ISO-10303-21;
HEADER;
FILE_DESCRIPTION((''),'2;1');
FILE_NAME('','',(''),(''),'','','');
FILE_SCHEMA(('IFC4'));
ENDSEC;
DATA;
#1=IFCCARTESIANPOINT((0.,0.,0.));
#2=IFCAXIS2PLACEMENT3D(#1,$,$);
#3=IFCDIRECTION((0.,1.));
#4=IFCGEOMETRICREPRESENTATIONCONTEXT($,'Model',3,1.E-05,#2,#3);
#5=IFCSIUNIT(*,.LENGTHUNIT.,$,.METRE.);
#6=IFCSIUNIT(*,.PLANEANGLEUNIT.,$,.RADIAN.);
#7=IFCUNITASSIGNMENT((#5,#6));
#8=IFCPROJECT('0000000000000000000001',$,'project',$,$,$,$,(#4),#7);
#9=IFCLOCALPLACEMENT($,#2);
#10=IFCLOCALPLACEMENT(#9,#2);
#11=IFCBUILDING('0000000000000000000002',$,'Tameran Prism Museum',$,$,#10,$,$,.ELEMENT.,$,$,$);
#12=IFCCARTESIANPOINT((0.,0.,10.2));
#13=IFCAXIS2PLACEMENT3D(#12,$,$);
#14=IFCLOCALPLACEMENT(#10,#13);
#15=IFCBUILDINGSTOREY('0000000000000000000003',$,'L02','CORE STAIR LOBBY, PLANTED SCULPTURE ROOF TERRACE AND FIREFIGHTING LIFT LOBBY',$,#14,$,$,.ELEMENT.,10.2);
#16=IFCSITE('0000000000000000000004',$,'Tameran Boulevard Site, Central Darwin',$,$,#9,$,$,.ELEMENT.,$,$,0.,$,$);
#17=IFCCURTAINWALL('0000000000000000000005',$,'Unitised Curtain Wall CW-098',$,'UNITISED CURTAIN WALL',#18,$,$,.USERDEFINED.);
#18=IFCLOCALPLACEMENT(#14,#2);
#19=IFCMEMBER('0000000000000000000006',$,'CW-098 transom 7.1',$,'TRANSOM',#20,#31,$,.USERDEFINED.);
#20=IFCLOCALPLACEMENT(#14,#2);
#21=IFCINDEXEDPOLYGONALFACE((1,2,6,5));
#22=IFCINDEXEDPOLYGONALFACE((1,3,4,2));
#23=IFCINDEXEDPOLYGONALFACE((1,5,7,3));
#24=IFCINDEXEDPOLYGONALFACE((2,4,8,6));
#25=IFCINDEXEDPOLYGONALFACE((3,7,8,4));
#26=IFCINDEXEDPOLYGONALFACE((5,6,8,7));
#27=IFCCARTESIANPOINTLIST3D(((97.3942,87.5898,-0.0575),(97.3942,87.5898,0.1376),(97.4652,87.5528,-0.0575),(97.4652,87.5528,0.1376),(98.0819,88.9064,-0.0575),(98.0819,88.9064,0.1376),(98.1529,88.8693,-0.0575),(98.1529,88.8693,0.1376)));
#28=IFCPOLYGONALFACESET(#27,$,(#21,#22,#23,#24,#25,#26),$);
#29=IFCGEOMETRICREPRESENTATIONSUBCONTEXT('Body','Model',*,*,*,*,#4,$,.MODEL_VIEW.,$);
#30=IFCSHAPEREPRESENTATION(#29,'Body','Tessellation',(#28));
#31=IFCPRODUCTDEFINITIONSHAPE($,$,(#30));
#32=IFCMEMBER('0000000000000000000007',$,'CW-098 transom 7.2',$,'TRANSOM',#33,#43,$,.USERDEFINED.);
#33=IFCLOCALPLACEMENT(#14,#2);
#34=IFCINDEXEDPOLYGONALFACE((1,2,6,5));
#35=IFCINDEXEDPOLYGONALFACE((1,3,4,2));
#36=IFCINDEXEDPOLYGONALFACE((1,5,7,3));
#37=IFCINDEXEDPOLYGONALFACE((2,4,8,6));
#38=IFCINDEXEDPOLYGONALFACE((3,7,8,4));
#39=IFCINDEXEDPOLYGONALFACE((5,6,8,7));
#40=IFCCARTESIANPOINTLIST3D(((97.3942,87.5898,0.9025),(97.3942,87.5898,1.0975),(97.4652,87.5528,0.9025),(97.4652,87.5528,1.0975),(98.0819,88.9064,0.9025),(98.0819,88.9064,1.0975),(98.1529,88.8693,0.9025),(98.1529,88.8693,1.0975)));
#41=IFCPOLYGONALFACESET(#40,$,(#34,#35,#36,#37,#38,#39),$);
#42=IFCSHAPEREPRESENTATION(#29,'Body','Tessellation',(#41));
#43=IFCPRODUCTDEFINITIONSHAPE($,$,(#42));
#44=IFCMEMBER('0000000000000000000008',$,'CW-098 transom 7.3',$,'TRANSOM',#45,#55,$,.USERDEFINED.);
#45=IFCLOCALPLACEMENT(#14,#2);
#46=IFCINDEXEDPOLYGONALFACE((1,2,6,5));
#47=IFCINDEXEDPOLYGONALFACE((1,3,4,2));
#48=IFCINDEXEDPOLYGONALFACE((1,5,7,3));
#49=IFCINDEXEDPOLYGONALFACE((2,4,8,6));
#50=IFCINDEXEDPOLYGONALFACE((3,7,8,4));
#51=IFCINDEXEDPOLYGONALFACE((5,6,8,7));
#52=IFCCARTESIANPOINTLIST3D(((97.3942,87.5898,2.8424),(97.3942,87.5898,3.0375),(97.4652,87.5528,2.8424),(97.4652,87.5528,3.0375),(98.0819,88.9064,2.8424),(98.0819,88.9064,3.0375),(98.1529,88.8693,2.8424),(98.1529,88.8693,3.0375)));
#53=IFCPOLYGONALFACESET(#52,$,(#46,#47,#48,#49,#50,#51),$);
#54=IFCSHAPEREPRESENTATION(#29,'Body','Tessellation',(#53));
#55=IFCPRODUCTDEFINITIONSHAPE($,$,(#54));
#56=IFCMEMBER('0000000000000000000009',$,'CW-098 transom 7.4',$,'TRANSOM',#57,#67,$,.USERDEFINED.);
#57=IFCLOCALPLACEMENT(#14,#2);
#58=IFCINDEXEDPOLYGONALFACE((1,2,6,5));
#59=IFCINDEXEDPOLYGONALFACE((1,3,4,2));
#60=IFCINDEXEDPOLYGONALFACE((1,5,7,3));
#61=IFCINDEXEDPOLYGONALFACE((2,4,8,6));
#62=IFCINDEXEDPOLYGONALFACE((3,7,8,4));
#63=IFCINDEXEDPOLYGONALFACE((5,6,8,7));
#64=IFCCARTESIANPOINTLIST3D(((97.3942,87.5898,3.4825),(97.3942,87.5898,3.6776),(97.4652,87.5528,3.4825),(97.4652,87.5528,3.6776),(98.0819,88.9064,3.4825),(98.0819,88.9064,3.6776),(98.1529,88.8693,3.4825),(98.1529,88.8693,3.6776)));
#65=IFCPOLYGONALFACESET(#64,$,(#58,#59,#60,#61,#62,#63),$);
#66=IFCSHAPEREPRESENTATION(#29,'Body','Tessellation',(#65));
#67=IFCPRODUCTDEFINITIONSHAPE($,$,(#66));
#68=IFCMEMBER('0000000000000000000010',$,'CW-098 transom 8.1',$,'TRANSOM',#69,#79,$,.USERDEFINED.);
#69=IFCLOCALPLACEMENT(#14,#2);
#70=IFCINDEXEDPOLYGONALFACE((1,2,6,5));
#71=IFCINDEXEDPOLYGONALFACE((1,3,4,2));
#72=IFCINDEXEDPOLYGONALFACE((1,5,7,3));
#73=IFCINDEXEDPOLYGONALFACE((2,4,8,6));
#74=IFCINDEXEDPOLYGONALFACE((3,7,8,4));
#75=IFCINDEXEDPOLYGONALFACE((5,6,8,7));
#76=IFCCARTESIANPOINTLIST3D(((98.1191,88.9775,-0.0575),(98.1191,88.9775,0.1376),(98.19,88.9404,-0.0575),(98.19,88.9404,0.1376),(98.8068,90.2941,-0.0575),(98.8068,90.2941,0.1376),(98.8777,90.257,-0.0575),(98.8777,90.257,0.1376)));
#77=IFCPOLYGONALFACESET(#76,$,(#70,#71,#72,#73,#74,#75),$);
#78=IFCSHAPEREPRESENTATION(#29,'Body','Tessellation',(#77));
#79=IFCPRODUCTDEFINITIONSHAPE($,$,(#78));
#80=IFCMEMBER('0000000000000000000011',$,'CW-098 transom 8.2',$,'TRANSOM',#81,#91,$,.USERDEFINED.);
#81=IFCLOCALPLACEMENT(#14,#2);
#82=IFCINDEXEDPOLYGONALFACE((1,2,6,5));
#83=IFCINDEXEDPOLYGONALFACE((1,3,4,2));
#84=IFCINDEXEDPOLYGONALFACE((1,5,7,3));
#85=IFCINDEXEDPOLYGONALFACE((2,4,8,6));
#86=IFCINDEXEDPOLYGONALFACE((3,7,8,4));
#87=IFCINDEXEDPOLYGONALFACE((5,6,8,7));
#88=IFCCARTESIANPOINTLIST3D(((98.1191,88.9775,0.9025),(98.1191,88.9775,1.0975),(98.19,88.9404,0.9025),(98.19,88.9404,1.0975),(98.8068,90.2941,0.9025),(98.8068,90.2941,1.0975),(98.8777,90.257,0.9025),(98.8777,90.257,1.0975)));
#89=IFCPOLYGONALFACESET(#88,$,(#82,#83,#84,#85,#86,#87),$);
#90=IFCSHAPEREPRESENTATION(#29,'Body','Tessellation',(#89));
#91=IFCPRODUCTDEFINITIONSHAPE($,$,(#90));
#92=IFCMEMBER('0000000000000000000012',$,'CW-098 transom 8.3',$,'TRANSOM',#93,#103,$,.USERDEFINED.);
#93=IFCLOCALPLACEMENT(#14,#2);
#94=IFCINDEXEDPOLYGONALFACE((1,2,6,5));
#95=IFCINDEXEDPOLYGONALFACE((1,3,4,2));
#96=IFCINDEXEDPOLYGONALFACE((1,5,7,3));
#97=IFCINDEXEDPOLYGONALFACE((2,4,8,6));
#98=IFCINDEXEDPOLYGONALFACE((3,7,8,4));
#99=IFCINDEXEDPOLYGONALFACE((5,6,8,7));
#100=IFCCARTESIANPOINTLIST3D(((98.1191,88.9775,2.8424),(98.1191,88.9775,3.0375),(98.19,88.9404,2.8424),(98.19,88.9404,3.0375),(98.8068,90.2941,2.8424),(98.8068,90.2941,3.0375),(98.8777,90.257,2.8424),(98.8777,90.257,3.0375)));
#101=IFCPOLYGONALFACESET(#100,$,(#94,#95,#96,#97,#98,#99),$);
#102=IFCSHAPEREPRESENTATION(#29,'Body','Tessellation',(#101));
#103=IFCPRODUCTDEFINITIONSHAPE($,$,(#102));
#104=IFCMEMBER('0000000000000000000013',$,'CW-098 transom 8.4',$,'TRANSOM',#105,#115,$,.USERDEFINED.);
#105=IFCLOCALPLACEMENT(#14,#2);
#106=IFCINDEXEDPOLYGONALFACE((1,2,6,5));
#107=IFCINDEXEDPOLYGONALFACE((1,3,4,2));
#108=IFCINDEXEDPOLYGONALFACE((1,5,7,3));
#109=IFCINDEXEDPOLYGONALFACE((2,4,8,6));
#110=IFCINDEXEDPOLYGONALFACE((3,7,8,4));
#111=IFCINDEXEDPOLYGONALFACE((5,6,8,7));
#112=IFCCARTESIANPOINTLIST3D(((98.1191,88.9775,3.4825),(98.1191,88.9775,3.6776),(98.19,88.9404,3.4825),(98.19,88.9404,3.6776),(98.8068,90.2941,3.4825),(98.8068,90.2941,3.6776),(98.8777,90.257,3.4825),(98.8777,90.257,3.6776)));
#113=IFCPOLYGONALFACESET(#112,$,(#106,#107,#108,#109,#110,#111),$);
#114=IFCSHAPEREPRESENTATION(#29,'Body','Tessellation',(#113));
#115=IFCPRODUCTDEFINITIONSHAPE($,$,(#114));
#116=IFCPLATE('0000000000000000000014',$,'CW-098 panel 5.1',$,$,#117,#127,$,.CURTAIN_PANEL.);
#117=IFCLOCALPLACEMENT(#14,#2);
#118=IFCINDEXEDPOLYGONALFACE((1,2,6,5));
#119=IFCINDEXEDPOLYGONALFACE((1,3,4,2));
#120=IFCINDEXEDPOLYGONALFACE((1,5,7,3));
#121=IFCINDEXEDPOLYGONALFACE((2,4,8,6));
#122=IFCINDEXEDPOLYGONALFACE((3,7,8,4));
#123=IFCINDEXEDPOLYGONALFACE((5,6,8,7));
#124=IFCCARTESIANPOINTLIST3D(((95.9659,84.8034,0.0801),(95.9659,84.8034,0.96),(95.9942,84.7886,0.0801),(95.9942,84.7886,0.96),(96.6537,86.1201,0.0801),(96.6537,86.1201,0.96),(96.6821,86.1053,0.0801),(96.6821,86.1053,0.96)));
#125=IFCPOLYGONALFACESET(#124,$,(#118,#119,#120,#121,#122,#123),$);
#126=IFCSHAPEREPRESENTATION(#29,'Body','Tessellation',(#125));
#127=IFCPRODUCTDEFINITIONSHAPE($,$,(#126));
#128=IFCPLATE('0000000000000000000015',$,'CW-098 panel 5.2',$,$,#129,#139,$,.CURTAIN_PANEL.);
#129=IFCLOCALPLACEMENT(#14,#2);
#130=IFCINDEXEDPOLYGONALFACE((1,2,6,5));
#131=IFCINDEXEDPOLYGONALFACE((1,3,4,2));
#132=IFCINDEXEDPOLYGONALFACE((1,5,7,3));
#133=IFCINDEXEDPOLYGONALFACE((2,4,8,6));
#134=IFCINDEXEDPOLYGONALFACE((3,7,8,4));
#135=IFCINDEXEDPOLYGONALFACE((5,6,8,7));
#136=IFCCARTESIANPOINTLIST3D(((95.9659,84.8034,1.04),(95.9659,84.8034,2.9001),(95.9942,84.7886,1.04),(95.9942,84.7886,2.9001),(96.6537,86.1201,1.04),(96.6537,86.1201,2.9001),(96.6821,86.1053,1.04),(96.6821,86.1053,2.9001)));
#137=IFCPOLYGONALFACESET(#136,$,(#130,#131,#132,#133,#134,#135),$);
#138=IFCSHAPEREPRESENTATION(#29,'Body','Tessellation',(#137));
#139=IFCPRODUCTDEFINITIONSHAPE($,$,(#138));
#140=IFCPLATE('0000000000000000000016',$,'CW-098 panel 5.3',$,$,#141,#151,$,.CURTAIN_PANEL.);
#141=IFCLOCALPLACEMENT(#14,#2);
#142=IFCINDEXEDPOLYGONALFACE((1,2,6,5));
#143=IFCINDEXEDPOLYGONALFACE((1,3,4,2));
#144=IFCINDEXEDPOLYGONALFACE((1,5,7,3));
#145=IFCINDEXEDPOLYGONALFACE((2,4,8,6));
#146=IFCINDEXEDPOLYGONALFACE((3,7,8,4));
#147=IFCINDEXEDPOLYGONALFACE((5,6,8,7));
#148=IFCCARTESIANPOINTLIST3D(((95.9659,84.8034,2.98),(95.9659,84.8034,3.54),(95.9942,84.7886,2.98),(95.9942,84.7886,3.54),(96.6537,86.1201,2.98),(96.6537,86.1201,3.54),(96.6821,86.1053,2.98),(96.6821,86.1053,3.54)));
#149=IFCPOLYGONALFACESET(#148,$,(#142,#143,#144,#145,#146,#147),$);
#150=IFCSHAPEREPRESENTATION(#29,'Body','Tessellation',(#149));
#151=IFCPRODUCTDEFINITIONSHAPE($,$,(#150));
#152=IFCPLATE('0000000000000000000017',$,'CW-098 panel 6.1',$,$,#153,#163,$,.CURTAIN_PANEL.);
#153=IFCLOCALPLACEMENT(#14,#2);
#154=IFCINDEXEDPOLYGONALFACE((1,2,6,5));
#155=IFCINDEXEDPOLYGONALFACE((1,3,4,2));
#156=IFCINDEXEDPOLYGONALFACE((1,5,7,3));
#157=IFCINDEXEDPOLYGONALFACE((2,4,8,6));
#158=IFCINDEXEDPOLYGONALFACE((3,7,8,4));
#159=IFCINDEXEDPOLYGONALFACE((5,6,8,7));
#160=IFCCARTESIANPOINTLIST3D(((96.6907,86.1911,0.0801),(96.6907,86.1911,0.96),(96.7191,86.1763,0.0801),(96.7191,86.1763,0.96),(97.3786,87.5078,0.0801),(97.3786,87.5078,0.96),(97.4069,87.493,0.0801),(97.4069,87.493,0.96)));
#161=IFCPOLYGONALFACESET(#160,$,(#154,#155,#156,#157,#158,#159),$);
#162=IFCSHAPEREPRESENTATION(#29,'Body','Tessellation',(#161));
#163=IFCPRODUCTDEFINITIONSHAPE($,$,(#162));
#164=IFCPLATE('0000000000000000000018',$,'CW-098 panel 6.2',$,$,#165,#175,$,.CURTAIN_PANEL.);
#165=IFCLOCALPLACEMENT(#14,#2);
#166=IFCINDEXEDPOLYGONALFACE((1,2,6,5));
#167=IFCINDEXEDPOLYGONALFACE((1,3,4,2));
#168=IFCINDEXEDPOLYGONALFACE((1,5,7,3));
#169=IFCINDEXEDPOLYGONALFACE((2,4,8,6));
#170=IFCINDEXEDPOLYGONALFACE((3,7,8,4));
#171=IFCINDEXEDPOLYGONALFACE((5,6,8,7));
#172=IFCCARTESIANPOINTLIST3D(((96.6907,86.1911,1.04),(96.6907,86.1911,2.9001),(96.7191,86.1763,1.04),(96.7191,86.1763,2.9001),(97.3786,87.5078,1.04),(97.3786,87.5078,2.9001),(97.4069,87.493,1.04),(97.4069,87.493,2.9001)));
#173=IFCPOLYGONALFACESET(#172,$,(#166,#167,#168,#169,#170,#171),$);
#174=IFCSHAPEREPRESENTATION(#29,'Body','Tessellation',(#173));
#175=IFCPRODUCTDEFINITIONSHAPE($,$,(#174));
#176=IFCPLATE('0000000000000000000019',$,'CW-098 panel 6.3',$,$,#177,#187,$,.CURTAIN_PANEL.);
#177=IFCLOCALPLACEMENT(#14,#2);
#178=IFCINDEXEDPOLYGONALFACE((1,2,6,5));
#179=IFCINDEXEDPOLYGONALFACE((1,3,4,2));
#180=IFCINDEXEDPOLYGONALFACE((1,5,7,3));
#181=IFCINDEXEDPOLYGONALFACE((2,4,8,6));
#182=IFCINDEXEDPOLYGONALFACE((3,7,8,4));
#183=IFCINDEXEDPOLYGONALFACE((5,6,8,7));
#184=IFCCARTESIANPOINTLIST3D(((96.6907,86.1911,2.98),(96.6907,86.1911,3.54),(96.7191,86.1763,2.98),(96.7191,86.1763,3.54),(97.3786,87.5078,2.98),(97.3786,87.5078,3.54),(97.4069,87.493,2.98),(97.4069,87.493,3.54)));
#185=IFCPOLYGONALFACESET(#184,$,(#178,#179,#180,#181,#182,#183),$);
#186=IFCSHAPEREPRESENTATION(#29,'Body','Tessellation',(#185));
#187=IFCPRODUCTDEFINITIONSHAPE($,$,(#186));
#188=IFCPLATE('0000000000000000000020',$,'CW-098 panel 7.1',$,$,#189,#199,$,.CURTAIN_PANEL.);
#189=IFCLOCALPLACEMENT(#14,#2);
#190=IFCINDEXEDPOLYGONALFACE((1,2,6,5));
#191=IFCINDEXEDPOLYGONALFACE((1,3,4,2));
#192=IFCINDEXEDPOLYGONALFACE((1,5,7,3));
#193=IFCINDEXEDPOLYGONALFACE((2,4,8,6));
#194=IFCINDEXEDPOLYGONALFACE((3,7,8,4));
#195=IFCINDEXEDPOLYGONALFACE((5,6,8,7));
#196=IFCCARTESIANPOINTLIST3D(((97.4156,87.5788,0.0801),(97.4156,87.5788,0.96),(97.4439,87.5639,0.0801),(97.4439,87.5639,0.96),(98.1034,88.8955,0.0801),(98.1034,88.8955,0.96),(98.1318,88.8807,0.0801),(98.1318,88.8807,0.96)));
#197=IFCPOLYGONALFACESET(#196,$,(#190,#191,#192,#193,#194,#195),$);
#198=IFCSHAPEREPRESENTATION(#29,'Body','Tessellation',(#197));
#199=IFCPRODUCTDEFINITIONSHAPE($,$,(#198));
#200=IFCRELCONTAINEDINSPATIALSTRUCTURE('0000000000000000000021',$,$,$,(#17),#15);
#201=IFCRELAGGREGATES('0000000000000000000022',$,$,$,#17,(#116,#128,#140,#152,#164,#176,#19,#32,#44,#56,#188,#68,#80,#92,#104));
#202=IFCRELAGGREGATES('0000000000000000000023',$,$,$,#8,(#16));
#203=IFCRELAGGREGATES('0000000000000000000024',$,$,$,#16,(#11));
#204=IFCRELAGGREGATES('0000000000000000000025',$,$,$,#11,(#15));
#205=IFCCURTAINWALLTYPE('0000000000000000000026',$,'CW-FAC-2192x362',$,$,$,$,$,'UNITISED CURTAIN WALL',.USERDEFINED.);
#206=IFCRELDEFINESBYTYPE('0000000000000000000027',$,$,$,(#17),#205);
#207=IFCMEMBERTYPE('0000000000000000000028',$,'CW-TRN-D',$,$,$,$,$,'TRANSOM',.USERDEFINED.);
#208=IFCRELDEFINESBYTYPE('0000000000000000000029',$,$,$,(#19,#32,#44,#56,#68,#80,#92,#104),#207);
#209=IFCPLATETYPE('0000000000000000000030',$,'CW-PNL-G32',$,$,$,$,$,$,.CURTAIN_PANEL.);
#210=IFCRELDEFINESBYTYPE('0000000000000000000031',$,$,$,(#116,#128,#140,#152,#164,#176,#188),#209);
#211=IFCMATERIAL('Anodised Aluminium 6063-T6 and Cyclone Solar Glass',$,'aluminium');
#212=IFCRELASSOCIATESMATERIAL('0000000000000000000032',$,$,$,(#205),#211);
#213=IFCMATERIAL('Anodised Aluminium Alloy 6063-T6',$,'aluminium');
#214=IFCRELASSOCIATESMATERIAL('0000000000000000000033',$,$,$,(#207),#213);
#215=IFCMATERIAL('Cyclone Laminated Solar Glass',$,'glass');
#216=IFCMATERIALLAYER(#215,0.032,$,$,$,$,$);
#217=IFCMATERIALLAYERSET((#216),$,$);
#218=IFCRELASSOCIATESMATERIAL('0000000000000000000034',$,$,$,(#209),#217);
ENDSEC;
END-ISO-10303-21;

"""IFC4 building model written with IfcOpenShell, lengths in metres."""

from ifc_helpers import new_model, si_unit, direction, frame, origin, origin_2d, place, context, subcontext, project, spatial, rectangle, extrude, material, layer, layer_set, material_profile, profile_set, type_object, element, aggregate, save


model = new_model("IFC4")

# Units and contexts
model_context = context("Model", 3, precision=1e-05, world=origin(), true_north=direction((0.0, 1.0)))
body_context = subcontext(model_context, "Body", "Model", "MODEL_VIEW")
ifc_project = project(units=[si_unit("LENGTHUNIT", "METRE"), si_unit("PLANEANGLEUNIT", "RADIAN")], contexts=[model_context])

# Site, building, storey
site_placement = place(None, origin())
site = spatial("IfcSite", under=ifc_project, at=site_placement, Name="Tameran Boulevard Site, Central Darwin", CompositionType="ELEMENT", RefElevation=0.0)
building_placement = place(site_placement, origin())
building = spatial("IfcBuilding", under=site, at=building_placement, Name="Tameran Prism Museum", CompositionType="ELEMENT")
storey_placement = place(building_placement, frame((0.0, 0.0, 10.2)))
storey = spatial("IfcBuildingStorey", under=building, at=storey_placement, Name="L02", Description="CORE STAIR LOBBY, PLANTED SCULPTURE ROOF TERRACE AND FIREFIGHTING LIFT LOBBY", CompositionType="ELEMENT", Elevation=10.2)

# Curtain wall, members, plates
ifc_material_1 = material(Name="Anodised Aluminium 6063-T6 and Cyclone Solar Glass", Category="aluminium")
curtain_wall_type = type_object("IfcCurtainWallType", Name="CW-FAC-2192x362", ElementType="UNITISED CURTAIN WALL", PredefinedType="USERDEFINED", material=ifc_material_1)
curtain_wall_placement = place(storey_placement, origin())
curtain_wall = element("IfcCurtainWall", 1, at=curtain_wall_placement, inside=storey, type_object=curtain_wall_type, Name="Unitised Curtain Wall CW-098", ObjectType="UNITISED CURTAIN WALL", PredefinedType="USERDEFINED")
ifc_material_2 = material(Name="Anodised Aluminium Alloy 6063-T6", Category="aluminium")
ifc_material_profile_1 = material_profile(ifc_material_2, rectangle(XDim=0.0801, YDim=0.1951, at=origin_2d()))
ifc_profile_set_1 = profile_set([ifc_material_profile_1])
member_type_1 = type_object("IfcMemberType", Name="CW-TRN-D", ElementType="TRANSOM", PredefinedType="USERDEFINED", material=ifc_profile_set_1)
member_1_placement = place(storey_placement, frame((97.4297, 87.5713, 0.04), z_axis=(0.462987, 0.886365, 0.0), x_axis=(-0.886365, 0.462987, 0.0)))
member_1 = element("IfcMember", 2, at=member_1_placement, type_object=member_type_1, Name="CW-098 transom 7.1", ObjectType="TRANSOM", PredefinedType="USERDEFINED", context=body_context, shape_type="SweptSolid", body=[
    extrude(rectangle(XDim=0.0801, YDim=0.1951, at=origin_2d()), origin(), (0.0, 0.0, 1.0), 1.4854),
])
member_2_placement = place(storey_placement, frame((97.4297, 87.5713, 1.0), z_axis=(0.462987, 0.886365, 0.0), x_axis=(-0.886365, 0.462987, 0.0)))
member_2 = element("IfcMember", 3, at=member_2_placement, type_object=member_type_1, Name="CW-098 transom 7.2", ObjectType="TRANSOM", PredefinedType="USERDEFINED", context=body_context, shape_type="SweptSolid", body=[
    extrude(rectangle(XDim=0.0801, YDim=0.1951, at=origin_2d()), origin(), (0.0, 0.0, 1.0), 1.4854),
])
member_3_placement = place(storey_placement, frame((97.4297, 87.5713, 2.9399), z_axis=(0.462987, 0.886365, 0.0), x_axis=(-0.886365, 0.462987, 0.0)))
member_3 = element("IfcMember", 4, at=member_3_placement, type_object=member_type_1, Name="CW-098 transom 7.3", ObjectType="TRANSOM", PredefinedType="USERDEFINED", context=body_context, shape_type="SweptSolid", body=[
    extrude(rectangle(XDim=0.0801, YDim=0.1951, at=origin_2d()), origin(), (0.0, 0.0, 1.0), 1.4854),
])
member_4_placement = place(storey_placement, frame((97.4297, 87.5713, 3.5801), z_axis=(0.462987, 0.886365, 0.0), x_axis=(-0.886365, 0.462987, 0.0)))
member_4 = element("IfcMember", 5, at=member_4_placement, type_object=member_type_1, Name="CW-098 transom 7.4", ObjectType="TRANSOM", PredefinedType="USERDEFINED", context=body_context, shape_type="SweptSolid", body=[
    extrude(rectangle(XDim=0.0801, YDim=0.1951, at=origin_2d()), origin(), (0.0, 0.0, 1.0), 1.4854),
])
member_5_placement = place(storey_placement, frame((98.1545, 88.959, 0.04), z_axis=(0.462987, 0.886365, 0.0), x_axis=(-0.886365, 0.462987, 0.0)))
member_5 = element("IfcMember", 6, at=member_5_placement, type_object=member_type_1, Name="CW-098 transom 8.1", ObjectType="TRANSOM", PredefinedType="USERDEFINED", context=body_context, shape_type="SweptSolid", body=[
    extrude(rectangle(XDim=0.0801, YDim=0.1951, at=origin_2d()), origin(), (0.0, 0.0, 1.0), 1.4854),
])
member_6_placement = place(storey_placement, frame((98.1545, 88.959, 1.0), z_axis=(0.462987, 0.886365, 0.0), x_axis=(-0.886365, 0.462987, 0.0)))
member_6 = element("IfcMember", 7, at=member_6_placement, type_object=member_type_1, Name="CW-098 transom 8.2", ObjectType="TRANSOM", PredefinedType="USERDEFINED", context=body_context, shape_type="SweptSolid", body=[
    extrude(rectangle(XDim=0.0801, YDim=0.1951, at=origin_2d()), origin(), (0.0, 0.0, 1.0), 1.4854),
])
member_7_placement = place(storey_placement, frame((98.1545, 88.959, 2.9399), z_axis=(0.462987, 0.886365, 0.0), x_axis=(-0.886365, 0.462987, 0.0)))
member_7 = element("IfcMember", 8, at=member_7_placement, type_object=member_type_1, Name="CW-098 transom 8.3", ObjectType="TRANSOM", PredefinedType="USERDEFINED", context=body_context, shape_type="SweptSolid", body=[
    extrude(rectangle(XDim=0.0801, YDim=0.1951, at=origin_2d()), origin(), (0.0, 0.0, 1.0), 1.4854),
])
member_8_placement = place(storey_placement, frame((98.1545, 88.959, 3.5801), z_axis=(0.462987, 0.886365, 0.0), x_axis=(-0.886365, 0.462987, 0.0)))
member_8 = element("IfcMember", 9, at=member_8_placement, type_object=member_type_1, Name="CW-098 transom 8.4", ObjectType="TRANSOM", PredefinedType="USERDEFINED", context=body_context, shape_type="SweptSolid", body=[
    extrude(rectangle(XDim=0.0801, YDim=0.1951, at=origin_2d()), origin(), (0.0, 0.0, 1.0), 1.4854),
])
ifc_material_3 = material(Name="Cyclone Laminated Solar Glass", Category="glass")
ifc_layer = layer(ifc_material_3, 0.032)
ifc_layer_set = layer_set([ifc_layer])
plate_type = type_object("IfcPlateType", Name="CW-PNL-G32", PredefinedType="CURTAIN_PANEL", material=ifc_layer_set)
plate_1_placement = place(storey_placement, frame((96.324, 85.4543, 0.0801), z_axis=(0.0, 0.0, 1.0), x_axis=(0.463003, 0.886357, 0.0)))
plate_1 = element("IfcPlate", 10, at=plate_1_placement, type_object=plate_type, Name="CW-098 panel 5.1", PredefinedType="CURTAIN_PANEL", context=body_context, shape_type="SweptSolid", body=[
    extrude(rectangle(XDim=1.4856, YDim=0.032, at=origin_2d()), origin(), (0.0, 0.0, 1.0), 0.8799),
])
plate_2_placement = place(storey_placement, frame((96.324, 85.4543, 1.04), z_axis=(0.0, 0.0, 1.0), x_axis=(0.463003, 0.886357, 0.0)))
plate_2 = element("IfcPlate", 11, at=plate_2_placement, type_object=plate_type, Name="CW-098 panel 5.2", PredefinedType="CURTAIN_PANEL", context=body_context, shape_type="SweptSolid", body=[
    extrude(rectangle(XDim=1.4856, YDim=0.032, at=origin_2d()), origin(), (0.0, 0.0, 1.0), 1.8601),
])
plate_3_placement = place(storey_placement, frame((96.324, 85.4543, 2.98), z_axis=(0.0, 0.0, 1.0), x_axis=(0.463003, 0.886357, 0.0)))
plate_3 = element("IfcPlate", 12, at=plate_3_placement, type_object=plate_type, Name="CW-098 panel 5.3", PredefinedType="CURTAIN_PANEL", context=body_context, shape_type="SweptSolid", body=[
    extrude(rectangle(XDim=1.4856, YDim=0.032, at=origin_2d()), origin(), (0.0, 0.0, 1.0), 0.5601),
])
plate_4_placement = place(storey_placement, frame((97.0488, 86.842, 0.0801), z_axis=(0.0, 0.0, 1.0), x_axis=(0.463003, 0.886357, 0.0)))
plate_4 = element("IfcPlate", 13, at=plate_4_placement, type_object=plate_type, Name="CW-098 panel 6.1", PredefinedType="CURTAIN_PANEL", context=body_context, shape_type="SweptSolid", body=[
    extrude(rectangle(XDim=1.4856, YDim=0.032, at=origin_2d()), origin(), (0.0, 0.0, 1.0), 0.8799),
])
plate_5_placement = place(storey_placement, frame((97.0488, 86.842, 1.04), z_axis=(0.0, 0.0, 1.0), x_axis=(0.463003, 0.886357, 0.0)))
plate_5 = element("IfcPlate", 14, at=plate_5_placement, type_object=plate_type, Name="CW-098 panel 6.2", PredefinedType="CURTAIN_PANEL", context=body_context, shape_type="SweptSolid", body=[
    extrude(rectangle(XDim=1.4856, YDim=0.032, at=origin_2d()), origin(), (0.0, 0.0, 1.0), 1.8601),
])
plate_6_placement = place(storey_placement, frame((97.0488, 86.842, 2.98), z_axis=(0.0, 0.0, 1.0), x_axis=(0.463003, 0.886357, 0.0)))
plate_6 = element("IfcPlate", 15, at=plate_6_placement, type_object=plate_type, Name="CW-098 panel 6.3", PredefinedType="CURTAIN_PANEL", context=body_context, shape_type="SweptSolid", body=[
    extrude(rectangle(XDim=1.4856, YDim=0.032, at=origin_2d()), origin(), (0.0, 0.0, 1.0), 0.5601),
])
plate_7_placement = place(storey_placement, frame((97.7737, 88.2297, 0.0801), z_axis=(0.0, 0.0, 1.0), x_axis=(0.463003, 0.886357, 0.0)))
plate_7 = element("IfcPlate", 16, at=plate_7_placement, type_object=plate_type, Name="CW-098 panel 7.1", PredefinedType="CURTAIN_PANEL", context=body_context, shape_type="SweptSolid", body=[
    extrude(rectangle(XDim=1.4856, YDim=0.032, at=origin_2d()), origin(), (0.0, 0.0, 1.0), 0.8799),
])
aggregate(curtain_wall, [plate_1, plate_2, plate_3, plate_4, plate_5, plate_6, member_1, member_2, member_3, member_4, plate_7, member_5, member_6, member_7, member_8])

save(model, "model.ifc")
